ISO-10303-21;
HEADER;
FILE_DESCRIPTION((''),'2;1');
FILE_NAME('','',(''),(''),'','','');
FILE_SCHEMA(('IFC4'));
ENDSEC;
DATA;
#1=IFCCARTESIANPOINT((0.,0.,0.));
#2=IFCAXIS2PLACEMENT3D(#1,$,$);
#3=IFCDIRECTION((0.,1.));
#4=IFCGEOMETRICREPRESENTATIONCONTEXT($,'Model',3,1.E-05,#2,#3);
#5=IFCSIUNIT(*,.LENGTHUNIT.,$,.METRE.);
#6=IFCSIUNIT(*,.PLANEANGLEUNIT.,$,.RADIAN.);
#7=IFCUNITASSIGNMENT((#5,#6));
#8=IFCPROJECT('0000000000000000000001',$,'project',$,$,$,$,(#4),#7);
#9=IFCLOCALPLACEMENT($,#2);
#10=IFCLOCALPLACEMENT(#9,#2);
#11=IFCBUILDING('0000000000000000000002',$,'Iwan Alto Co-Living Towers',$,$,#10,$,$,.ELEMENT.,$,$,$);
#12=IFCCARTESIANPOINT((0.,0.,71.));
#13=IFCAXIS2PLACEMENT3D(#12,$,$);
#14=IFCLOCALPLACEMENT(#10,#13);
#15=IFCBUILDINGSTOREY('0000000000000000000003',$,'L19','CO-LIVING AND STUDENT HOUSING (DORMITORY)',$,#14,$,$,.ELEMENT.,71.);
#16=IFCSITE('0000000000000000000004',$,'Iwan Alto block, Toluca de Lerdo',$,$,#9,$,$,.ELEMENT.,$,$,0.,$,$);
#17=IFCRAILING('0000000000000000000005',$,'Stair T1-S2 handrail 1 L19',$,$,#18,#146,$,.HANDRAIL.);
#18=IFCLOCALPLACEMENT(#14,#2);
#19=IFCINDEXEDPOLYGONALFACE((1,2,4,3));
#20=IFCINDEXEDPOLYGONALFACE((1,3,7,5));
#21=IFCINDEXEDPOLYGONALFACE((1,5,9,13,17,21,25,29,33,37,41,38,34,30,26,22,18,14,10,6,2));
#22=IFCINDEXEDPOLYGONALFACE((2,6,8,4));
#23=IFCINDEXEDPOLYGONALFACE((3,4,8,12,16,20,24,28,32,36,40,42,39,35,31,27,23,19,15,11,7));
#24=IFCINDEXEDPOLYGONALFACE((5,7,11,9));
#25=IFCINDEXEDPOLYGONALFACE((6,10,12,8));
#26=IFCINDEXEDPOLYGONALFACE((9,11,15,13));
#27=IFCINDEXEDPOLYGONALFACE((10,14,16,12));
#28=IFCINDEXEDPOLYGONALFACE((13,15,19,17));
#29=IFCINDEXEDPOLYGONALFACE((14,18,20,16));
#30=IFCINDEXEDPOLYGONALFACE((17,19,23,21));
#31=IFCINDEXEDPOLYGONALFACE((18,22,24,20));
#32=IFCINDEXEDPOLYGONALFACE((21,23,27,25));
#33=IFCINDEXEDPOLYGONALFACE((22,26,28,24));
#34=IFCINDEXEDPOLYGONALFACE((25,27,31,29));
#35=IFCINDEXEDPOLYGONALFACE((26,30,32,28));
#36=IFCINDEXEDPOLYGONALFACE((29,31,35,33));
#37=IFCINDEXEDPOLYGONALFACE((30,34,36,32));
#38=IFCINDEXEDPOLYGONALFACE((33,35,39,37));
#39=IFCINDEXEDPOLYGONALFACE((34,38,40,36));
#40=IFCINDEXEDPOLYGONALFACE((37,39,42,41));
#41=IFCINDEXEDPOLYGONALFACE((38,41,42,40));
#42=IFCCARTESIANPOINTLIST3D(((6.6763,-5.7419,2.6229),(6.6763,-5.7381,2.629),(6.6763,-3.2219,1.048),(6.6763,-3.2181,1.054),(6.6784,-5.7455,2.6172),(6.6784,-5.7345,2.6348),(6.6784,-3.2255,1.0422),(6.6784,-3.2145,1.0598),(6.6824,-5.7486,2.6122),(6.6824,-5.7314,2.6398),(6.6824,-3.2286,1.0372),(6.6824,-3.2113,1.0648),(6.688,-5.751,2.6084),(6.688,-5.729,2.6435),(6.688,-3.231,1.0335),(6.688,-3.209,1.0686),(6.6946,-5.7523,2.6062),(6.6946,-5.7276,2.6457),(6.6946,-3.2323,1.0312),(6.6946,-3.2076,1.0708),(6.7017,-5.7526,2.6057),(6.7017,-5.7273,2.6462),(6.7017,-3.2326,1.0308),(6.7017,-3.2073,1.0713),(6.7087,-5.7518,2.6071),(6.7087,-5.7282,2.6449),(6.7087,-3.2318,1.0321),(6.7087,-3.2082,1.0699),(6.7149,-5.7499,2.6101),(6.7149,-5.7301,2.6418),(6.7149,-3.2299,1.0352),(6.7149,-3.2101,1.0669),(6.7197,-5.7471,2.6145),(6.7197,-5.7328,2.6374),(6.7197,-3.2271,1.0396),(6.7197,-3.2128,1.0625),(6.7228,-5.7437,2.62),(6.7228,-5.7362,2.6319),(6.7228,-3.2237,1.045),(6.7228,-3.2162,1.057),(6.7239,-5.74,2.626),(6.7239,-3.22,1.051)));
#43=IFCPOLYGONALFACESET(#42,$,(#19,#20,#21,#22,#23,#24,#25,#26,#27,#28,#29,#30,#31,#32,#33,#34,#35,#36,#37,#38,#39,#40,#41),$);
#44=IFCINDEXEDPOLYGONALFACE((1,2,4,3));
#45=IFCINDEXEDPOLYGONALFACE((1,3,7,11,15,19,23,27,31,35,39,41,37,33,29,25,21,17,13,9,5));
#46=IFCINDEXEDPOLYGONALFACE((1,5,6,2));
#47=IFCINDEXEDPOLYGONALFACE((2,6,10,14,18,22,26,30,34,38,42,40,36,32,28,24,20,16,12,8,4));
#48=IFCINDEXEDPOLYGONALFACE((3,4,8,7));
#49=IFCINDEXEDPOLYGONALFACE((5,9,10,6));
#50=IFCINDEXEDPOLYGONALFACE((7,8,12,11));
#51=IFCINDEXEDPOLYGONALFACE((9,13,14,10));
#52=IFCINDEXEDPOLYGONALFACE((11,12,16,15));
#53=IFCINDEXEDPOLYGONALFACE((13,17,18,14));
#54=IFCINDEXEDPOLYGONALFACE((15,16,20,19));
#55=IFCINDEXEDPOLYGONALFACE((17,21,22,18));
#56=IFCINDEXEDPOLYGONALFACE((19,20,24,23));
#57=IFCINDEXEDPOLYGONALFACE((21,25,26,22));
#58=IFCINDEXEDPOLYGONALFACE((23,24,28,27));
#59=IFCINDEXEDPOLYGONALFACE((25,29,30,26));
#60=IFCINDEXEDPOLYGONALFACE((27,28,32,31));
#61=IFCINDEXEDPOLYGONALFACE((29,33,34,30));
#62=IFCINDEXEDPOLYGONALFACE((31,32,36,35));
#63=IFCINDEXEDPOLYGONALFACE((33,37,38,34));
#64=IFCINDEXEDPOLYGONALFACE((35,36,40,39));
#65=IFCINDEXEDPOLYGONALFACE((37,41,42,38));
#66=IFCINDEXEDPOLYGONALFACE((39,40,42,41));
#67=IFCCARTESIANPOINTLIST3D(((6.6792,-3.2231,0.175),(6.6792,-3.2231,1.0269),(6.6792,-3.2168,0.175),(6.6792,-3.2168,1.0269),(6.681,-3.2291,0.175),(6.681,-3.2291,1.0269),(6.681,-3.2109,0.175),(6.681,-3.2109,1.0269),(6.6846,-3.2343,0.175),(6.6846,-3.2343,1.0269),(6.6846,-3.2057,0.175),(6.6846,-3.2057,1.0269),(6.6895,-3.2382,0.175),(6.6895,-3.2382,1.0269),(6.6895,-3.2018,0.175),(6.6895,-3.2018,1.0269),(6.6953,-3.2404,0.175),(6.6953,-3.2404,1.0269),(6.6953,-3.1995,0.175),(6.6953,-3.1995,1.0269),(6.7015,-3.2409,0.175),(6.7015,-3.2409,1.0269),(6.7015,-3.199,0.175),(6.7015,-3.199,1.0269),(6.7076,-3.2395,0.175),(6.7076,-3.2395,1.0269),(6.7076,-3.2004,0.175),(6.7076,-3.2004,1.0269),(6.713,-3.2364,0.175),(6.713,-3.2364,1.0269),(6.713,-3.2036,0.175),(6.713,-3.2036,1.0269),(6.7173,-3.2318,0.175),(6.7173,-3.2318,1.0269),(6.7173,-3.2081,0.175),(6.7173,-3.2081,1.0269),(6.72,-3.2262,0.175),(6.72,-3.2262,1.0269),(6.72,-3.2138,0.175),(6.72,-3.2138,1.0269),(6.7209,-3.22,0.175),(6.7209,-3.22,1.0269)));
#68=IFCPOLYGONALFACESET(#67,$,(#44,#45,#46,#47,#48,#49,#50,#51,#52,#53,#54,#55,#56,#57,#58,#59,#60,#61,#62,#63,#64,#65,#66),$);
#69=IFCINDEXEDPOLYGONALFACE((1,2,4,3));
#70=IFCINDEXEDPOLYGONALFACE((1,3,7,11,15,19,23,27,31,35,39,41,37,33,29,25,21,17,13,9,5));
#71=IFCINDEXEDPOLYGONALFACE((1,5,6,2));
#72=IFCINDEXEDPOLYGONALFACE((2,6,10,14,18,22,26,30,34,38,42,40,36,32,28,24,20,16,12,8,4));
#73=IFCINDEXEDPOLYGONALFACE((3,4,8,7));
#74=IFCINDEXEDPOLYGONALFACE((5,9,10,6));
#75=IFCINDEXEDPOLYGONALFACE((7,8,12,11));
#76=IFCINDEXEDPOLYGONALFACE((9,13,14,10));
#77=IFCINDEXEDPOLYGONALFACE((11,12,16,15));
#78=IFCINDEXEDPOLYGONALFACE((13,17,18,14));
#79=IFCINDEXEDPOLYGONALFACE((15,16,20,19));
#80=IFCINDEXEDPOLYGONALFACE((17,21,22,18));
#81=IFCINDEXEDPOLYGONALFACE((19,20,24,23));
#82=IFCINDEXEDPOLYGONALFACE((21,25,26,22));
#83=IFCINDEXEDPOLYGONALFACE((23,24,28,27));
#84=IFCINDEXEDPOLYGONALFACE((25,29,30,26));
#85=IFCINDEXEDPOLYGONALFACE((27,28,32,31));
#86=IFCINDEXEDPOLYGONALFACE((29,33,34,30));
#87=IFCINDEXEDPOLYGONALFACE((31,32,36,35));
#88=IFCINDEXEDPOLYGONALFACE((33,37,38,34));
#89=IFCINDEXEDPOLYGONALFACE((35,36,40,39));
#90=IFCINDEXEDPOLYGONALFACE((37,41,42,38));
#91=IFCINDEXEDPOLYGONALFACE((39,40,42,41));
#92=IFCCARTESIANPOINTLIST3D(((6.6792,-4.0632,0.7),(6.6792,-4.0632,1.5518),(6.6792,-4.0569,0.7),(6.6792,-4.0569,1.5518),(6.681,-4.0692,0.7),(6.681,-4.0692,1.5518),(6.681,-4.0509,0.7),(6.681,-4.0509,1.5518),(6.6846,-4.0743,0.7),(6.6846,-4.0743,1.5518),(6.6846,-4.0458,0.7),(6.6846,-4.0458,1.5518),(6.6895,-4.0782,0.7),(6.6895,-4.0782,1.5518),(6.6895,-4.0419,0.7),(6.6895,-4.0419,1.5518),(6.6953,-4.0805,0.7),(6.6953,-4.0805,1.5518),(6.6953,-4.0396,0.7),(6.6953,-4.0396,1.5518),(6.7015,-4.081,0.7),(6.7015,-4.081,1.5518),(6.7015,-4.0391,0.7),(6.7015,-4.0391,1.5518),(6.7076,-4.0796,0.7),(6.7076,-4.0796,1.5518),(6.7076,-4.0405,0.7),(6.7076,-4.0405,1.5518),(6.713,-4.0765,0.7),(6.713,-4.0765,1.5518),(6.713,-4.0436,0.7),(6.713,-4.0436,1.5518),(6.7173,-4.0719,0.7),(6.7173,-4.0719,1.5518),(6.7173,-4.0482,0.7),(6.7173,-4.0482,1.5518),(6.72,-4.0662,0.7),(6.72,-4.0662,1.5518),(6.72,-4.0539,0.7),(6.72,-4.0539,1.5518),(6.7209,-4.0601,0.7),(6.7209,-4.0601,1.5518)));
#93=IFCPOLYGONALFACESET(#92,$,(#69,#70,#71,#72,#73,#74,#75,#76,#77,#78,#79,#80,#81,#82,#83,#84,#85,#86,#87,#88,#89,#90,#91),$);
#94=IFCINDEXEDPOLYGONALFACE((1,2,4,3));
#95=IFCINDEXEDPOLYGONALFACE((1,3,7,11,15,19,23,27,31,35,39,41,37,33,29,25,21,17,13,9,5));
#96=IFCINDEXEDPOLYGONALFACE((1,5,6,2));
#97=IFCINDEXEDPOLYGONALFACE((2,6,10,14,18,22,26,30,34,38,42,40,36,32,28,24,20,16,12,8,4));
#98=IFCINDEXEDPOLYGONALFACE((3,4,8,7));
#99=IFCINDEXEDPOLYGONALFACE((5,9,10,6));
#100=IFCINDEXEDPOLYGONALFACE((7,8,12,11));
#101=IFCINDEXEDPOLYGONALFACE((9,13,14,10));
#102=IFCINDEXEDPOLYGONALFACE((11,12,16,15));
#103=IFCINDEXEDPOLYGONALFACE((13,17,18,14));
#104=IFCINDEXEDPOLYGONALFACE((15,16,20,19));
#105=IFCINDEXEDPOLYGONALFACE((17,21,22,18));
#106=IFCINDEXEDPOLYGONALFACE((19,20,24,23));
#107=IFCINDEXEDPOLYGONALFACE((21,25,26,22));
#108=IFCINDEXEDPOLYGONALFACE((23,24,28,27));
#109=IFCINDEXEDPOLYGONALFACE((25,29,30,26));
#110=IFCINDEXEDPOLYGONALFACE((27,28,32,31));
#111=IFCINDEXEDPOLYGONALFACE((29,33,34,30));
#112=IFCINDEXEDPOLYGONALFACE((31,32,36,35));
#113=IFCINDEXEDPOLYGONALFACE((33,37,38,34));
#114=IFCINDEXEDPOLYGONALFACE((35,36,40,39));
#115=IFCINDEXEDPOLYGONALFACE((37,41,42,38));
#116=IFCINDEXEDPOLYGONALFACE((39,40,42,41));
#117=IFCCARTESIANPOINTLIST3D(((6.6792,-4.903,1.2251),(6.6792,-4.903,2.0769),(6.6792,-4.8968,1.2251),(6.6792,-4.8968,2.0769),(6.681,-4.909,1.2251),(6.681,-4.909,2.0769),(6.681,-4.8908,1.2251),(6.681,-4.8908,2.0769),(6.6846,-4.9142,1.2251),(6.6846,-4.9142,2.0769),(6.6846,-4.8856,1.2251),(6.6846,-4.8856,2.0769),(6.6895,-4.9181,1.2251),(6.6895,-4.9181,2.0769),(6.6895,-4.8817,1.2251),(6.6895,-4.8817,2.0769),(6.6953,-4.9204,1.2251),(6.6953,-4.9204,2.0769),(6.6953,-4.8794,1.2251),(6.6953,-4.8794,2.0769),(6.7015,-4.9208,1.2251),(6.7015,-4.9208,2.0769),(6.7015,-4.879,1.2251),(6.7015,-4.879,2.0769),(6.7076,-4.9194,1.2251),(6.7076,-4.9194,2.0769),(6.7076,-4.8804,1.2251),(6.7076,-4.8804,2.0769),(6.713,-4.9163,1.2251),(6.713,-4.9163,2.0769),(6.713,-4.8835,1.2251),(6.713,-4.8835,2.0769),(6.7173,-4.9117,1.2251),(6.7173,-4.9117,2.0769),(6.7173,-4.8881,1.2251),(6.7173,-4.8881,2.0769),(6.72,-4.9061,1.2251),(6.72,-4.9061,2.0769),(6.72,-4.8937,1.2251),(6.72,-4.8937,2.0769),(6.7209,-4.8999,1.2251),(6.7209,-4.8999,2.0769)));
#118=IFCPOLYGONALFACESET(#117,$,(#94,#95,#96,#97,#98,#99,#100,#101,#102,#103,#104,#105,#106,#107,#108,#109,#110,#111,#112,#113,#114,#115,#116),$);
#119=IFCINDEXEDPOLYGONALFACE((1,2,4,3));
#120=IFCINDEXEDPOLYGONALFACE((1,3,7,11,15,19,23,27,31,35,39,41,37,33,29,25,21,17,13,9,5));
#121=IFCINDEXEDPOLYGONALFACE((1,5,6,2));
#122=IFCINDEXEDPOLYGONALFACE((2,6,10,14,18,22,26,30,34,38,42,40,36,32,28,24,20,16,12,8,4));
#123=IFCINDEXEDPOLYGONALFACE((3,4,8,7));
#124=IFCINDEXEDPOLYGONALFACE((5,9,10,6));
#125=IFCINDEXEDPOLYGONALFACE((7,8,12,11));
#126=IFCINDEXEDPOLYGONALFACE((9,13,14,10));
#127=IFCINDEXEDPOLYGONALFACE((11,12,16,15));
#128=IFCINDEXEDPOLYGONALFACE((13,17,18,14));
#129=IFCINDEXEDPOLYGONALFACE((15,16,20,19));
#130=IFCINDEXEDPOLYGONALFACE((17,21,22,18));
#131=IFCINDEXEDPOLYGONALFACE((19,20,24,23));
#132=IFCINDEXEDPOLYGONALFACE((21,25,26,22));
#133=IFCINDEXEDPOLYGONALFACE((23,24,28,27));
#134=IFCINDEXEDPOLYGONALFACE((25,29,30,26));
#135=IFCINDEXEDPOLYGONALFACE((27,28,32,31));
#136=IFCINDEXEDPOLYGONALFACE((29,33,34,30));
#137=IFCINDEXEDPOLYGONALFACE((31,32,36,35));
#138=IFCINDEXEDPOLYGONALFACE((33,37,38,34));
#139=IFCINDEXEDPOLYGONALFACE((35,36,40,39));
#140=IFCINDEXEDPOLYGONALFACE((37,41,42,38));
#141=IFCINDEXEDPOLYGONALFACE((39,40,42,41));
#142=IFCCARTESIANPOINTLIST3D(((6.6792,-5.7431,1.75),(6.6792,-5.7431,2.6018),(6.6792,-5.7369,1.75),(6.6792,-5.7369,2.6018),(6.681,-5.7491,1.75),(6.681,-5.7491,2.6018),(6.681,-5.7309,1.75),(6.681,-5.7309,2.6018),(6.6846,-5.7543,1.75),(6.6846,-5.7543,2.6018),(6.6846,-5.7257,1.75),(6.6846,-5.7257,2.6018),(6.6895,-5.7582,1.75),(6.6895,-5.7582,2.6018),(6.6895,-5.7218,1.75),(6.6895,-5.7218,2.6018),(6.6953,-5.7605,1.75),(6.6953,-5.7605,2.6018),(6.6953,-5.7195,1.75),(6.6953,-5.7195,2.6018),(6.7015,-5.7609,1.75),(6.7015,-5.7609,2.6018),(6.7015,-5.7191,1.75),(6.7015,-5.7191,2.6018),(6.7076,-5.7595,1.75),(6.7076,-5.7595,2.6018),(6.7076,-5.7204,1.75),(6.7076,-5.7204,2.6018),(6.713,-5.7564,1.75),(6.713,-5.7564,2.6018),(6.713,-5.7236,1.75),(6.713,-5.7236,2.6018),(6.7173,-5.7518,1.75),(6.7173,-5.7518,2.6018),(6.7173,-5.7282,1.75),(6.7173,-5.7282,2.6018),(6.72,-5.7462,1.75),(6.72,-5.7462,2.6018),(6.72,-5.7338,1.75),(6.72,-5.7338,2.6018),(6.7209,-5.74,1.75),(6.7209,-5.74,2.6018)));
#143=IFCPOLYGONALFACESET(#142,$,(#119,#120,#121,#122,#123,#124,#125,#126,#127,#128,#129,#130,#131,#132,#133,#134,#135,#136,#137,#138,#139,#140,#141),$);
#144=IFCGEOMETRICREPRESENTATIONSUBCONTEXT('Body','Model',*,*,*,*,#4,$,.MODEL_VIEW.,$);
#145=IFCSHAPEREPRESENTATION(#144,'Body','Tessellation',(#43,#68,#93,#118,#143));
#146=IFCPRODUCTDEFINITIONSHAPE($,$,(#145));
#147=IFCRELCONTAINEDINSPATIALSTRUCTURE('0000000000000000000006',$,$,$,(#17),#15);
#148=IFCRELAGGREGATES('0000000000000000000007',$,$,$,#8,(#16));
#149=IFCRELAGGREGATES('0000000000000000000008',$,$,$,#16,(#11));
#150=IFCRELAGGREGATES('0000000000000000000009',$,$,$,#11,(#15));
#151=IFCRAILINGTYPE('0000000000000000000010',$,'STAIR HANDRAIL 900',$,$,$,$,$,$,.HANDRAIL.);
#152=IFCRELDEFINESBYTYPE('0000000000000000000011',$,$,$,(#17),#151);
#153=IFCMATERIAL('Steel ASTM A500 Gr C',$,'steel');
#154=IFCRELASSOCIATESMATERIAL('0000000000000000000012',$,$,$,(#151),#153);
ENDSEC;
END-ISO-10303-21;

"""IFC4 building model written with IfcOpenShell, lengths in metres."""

from ifc_helpers import new_model, si_unit, direction, frame, origin, origin_2d, place, context, subcontext, project, spatial, circle, extrude, material, type_object, element, save


model = new_model("IFC4")

# Units and contexts
model_context = context("Model", 3, precision=1e-05, world=origin(), true_north=direction((0.0, 1.0)))
body_context = subcontext(model_context, "Body", "Model", "MODEL_VIEW")
ifc_project = project(units=[si_unit("LENGTHUNIT", "METRE"), si_unit("PLANEANGLEUNIT", "RADIAN")], contexts=[model_context])

# Site, building, storey
site_placement = place(None, origin())
site = spatial("IfcSite", under=ifc_project, at=site_placement, Name="Iwan Alto block, Toluca de Lerdo", CompositionType="ELEMENT", RefElevation=0.0)
building_placement = place(site_placement, origin())
building = spatial("IfcBuilding", under=site, at=building_placement, Name="Iwan Alto Co-Living Towers", CompositionType="ELEMENT")
storey_placement = place(building_placement, frame((0.0, 0.0, 71.0)))
storey = spatial("IfcBuildingStorey", under=building, at=storey_placement, Name="L19", Description="CO-LIVING AND STUDENT HOUSING (DORMITORY)", CompositionType="ELEMENT", Elevation=71.0)

# Railing
ifc_material_1 = material(Name="Steel ASTM A500 Gr C", Category="steel")
railing_type = type_object("IfcRailingType", Name="STAIR HANDRAIL 900", PredefinedType="HANDRAIL", material=ifc_material_1)
railing_1_placement = place(storey_placement, frame((6.7, -3.22, 0.175)))
element("IfcRailing", 1, at=railing_1_placement, inside=storey, type_object=railing_type, Name="Stair T1-S2 handrail 1 L19", PredefinedType="HANDRAIL", context=body_context, shape_type="SweptSolid", body=[
    extrude(circle(Radius=0.0239, at=origin_2d()), frame((0.0, 0.0, 0.876), z_axis=(0.0, -0.848008, 0.529984), x_axis=(1.0, 0.0, 0.0)), (0.0, 0.0, 1.0), 2.9717),
    extrude(circle(Radius=0.021, at=origin_2d()), origin(), (0.0, 0.0, 1.0), 0.8518),
    extrude(circle(Radius=0.021, at=origin_2d()), frame((0.0, -0.8401, 0.5249)), (0.0, 0.0, 1.0), 0.8518),
    extrude(circle(Radius=0.021, at=origin_2d()), frame((0.0, -1.6799, 1.05)), (0.0, 0.0, 1.0), 0.8518),
    extrude(circle(Radius=0.021, at=origin_2d()), frame((0.0, -2.52, 1.575)), (0.0, 0.0, 1.0), 0.8518),
])

save(model, "model.ifc")
